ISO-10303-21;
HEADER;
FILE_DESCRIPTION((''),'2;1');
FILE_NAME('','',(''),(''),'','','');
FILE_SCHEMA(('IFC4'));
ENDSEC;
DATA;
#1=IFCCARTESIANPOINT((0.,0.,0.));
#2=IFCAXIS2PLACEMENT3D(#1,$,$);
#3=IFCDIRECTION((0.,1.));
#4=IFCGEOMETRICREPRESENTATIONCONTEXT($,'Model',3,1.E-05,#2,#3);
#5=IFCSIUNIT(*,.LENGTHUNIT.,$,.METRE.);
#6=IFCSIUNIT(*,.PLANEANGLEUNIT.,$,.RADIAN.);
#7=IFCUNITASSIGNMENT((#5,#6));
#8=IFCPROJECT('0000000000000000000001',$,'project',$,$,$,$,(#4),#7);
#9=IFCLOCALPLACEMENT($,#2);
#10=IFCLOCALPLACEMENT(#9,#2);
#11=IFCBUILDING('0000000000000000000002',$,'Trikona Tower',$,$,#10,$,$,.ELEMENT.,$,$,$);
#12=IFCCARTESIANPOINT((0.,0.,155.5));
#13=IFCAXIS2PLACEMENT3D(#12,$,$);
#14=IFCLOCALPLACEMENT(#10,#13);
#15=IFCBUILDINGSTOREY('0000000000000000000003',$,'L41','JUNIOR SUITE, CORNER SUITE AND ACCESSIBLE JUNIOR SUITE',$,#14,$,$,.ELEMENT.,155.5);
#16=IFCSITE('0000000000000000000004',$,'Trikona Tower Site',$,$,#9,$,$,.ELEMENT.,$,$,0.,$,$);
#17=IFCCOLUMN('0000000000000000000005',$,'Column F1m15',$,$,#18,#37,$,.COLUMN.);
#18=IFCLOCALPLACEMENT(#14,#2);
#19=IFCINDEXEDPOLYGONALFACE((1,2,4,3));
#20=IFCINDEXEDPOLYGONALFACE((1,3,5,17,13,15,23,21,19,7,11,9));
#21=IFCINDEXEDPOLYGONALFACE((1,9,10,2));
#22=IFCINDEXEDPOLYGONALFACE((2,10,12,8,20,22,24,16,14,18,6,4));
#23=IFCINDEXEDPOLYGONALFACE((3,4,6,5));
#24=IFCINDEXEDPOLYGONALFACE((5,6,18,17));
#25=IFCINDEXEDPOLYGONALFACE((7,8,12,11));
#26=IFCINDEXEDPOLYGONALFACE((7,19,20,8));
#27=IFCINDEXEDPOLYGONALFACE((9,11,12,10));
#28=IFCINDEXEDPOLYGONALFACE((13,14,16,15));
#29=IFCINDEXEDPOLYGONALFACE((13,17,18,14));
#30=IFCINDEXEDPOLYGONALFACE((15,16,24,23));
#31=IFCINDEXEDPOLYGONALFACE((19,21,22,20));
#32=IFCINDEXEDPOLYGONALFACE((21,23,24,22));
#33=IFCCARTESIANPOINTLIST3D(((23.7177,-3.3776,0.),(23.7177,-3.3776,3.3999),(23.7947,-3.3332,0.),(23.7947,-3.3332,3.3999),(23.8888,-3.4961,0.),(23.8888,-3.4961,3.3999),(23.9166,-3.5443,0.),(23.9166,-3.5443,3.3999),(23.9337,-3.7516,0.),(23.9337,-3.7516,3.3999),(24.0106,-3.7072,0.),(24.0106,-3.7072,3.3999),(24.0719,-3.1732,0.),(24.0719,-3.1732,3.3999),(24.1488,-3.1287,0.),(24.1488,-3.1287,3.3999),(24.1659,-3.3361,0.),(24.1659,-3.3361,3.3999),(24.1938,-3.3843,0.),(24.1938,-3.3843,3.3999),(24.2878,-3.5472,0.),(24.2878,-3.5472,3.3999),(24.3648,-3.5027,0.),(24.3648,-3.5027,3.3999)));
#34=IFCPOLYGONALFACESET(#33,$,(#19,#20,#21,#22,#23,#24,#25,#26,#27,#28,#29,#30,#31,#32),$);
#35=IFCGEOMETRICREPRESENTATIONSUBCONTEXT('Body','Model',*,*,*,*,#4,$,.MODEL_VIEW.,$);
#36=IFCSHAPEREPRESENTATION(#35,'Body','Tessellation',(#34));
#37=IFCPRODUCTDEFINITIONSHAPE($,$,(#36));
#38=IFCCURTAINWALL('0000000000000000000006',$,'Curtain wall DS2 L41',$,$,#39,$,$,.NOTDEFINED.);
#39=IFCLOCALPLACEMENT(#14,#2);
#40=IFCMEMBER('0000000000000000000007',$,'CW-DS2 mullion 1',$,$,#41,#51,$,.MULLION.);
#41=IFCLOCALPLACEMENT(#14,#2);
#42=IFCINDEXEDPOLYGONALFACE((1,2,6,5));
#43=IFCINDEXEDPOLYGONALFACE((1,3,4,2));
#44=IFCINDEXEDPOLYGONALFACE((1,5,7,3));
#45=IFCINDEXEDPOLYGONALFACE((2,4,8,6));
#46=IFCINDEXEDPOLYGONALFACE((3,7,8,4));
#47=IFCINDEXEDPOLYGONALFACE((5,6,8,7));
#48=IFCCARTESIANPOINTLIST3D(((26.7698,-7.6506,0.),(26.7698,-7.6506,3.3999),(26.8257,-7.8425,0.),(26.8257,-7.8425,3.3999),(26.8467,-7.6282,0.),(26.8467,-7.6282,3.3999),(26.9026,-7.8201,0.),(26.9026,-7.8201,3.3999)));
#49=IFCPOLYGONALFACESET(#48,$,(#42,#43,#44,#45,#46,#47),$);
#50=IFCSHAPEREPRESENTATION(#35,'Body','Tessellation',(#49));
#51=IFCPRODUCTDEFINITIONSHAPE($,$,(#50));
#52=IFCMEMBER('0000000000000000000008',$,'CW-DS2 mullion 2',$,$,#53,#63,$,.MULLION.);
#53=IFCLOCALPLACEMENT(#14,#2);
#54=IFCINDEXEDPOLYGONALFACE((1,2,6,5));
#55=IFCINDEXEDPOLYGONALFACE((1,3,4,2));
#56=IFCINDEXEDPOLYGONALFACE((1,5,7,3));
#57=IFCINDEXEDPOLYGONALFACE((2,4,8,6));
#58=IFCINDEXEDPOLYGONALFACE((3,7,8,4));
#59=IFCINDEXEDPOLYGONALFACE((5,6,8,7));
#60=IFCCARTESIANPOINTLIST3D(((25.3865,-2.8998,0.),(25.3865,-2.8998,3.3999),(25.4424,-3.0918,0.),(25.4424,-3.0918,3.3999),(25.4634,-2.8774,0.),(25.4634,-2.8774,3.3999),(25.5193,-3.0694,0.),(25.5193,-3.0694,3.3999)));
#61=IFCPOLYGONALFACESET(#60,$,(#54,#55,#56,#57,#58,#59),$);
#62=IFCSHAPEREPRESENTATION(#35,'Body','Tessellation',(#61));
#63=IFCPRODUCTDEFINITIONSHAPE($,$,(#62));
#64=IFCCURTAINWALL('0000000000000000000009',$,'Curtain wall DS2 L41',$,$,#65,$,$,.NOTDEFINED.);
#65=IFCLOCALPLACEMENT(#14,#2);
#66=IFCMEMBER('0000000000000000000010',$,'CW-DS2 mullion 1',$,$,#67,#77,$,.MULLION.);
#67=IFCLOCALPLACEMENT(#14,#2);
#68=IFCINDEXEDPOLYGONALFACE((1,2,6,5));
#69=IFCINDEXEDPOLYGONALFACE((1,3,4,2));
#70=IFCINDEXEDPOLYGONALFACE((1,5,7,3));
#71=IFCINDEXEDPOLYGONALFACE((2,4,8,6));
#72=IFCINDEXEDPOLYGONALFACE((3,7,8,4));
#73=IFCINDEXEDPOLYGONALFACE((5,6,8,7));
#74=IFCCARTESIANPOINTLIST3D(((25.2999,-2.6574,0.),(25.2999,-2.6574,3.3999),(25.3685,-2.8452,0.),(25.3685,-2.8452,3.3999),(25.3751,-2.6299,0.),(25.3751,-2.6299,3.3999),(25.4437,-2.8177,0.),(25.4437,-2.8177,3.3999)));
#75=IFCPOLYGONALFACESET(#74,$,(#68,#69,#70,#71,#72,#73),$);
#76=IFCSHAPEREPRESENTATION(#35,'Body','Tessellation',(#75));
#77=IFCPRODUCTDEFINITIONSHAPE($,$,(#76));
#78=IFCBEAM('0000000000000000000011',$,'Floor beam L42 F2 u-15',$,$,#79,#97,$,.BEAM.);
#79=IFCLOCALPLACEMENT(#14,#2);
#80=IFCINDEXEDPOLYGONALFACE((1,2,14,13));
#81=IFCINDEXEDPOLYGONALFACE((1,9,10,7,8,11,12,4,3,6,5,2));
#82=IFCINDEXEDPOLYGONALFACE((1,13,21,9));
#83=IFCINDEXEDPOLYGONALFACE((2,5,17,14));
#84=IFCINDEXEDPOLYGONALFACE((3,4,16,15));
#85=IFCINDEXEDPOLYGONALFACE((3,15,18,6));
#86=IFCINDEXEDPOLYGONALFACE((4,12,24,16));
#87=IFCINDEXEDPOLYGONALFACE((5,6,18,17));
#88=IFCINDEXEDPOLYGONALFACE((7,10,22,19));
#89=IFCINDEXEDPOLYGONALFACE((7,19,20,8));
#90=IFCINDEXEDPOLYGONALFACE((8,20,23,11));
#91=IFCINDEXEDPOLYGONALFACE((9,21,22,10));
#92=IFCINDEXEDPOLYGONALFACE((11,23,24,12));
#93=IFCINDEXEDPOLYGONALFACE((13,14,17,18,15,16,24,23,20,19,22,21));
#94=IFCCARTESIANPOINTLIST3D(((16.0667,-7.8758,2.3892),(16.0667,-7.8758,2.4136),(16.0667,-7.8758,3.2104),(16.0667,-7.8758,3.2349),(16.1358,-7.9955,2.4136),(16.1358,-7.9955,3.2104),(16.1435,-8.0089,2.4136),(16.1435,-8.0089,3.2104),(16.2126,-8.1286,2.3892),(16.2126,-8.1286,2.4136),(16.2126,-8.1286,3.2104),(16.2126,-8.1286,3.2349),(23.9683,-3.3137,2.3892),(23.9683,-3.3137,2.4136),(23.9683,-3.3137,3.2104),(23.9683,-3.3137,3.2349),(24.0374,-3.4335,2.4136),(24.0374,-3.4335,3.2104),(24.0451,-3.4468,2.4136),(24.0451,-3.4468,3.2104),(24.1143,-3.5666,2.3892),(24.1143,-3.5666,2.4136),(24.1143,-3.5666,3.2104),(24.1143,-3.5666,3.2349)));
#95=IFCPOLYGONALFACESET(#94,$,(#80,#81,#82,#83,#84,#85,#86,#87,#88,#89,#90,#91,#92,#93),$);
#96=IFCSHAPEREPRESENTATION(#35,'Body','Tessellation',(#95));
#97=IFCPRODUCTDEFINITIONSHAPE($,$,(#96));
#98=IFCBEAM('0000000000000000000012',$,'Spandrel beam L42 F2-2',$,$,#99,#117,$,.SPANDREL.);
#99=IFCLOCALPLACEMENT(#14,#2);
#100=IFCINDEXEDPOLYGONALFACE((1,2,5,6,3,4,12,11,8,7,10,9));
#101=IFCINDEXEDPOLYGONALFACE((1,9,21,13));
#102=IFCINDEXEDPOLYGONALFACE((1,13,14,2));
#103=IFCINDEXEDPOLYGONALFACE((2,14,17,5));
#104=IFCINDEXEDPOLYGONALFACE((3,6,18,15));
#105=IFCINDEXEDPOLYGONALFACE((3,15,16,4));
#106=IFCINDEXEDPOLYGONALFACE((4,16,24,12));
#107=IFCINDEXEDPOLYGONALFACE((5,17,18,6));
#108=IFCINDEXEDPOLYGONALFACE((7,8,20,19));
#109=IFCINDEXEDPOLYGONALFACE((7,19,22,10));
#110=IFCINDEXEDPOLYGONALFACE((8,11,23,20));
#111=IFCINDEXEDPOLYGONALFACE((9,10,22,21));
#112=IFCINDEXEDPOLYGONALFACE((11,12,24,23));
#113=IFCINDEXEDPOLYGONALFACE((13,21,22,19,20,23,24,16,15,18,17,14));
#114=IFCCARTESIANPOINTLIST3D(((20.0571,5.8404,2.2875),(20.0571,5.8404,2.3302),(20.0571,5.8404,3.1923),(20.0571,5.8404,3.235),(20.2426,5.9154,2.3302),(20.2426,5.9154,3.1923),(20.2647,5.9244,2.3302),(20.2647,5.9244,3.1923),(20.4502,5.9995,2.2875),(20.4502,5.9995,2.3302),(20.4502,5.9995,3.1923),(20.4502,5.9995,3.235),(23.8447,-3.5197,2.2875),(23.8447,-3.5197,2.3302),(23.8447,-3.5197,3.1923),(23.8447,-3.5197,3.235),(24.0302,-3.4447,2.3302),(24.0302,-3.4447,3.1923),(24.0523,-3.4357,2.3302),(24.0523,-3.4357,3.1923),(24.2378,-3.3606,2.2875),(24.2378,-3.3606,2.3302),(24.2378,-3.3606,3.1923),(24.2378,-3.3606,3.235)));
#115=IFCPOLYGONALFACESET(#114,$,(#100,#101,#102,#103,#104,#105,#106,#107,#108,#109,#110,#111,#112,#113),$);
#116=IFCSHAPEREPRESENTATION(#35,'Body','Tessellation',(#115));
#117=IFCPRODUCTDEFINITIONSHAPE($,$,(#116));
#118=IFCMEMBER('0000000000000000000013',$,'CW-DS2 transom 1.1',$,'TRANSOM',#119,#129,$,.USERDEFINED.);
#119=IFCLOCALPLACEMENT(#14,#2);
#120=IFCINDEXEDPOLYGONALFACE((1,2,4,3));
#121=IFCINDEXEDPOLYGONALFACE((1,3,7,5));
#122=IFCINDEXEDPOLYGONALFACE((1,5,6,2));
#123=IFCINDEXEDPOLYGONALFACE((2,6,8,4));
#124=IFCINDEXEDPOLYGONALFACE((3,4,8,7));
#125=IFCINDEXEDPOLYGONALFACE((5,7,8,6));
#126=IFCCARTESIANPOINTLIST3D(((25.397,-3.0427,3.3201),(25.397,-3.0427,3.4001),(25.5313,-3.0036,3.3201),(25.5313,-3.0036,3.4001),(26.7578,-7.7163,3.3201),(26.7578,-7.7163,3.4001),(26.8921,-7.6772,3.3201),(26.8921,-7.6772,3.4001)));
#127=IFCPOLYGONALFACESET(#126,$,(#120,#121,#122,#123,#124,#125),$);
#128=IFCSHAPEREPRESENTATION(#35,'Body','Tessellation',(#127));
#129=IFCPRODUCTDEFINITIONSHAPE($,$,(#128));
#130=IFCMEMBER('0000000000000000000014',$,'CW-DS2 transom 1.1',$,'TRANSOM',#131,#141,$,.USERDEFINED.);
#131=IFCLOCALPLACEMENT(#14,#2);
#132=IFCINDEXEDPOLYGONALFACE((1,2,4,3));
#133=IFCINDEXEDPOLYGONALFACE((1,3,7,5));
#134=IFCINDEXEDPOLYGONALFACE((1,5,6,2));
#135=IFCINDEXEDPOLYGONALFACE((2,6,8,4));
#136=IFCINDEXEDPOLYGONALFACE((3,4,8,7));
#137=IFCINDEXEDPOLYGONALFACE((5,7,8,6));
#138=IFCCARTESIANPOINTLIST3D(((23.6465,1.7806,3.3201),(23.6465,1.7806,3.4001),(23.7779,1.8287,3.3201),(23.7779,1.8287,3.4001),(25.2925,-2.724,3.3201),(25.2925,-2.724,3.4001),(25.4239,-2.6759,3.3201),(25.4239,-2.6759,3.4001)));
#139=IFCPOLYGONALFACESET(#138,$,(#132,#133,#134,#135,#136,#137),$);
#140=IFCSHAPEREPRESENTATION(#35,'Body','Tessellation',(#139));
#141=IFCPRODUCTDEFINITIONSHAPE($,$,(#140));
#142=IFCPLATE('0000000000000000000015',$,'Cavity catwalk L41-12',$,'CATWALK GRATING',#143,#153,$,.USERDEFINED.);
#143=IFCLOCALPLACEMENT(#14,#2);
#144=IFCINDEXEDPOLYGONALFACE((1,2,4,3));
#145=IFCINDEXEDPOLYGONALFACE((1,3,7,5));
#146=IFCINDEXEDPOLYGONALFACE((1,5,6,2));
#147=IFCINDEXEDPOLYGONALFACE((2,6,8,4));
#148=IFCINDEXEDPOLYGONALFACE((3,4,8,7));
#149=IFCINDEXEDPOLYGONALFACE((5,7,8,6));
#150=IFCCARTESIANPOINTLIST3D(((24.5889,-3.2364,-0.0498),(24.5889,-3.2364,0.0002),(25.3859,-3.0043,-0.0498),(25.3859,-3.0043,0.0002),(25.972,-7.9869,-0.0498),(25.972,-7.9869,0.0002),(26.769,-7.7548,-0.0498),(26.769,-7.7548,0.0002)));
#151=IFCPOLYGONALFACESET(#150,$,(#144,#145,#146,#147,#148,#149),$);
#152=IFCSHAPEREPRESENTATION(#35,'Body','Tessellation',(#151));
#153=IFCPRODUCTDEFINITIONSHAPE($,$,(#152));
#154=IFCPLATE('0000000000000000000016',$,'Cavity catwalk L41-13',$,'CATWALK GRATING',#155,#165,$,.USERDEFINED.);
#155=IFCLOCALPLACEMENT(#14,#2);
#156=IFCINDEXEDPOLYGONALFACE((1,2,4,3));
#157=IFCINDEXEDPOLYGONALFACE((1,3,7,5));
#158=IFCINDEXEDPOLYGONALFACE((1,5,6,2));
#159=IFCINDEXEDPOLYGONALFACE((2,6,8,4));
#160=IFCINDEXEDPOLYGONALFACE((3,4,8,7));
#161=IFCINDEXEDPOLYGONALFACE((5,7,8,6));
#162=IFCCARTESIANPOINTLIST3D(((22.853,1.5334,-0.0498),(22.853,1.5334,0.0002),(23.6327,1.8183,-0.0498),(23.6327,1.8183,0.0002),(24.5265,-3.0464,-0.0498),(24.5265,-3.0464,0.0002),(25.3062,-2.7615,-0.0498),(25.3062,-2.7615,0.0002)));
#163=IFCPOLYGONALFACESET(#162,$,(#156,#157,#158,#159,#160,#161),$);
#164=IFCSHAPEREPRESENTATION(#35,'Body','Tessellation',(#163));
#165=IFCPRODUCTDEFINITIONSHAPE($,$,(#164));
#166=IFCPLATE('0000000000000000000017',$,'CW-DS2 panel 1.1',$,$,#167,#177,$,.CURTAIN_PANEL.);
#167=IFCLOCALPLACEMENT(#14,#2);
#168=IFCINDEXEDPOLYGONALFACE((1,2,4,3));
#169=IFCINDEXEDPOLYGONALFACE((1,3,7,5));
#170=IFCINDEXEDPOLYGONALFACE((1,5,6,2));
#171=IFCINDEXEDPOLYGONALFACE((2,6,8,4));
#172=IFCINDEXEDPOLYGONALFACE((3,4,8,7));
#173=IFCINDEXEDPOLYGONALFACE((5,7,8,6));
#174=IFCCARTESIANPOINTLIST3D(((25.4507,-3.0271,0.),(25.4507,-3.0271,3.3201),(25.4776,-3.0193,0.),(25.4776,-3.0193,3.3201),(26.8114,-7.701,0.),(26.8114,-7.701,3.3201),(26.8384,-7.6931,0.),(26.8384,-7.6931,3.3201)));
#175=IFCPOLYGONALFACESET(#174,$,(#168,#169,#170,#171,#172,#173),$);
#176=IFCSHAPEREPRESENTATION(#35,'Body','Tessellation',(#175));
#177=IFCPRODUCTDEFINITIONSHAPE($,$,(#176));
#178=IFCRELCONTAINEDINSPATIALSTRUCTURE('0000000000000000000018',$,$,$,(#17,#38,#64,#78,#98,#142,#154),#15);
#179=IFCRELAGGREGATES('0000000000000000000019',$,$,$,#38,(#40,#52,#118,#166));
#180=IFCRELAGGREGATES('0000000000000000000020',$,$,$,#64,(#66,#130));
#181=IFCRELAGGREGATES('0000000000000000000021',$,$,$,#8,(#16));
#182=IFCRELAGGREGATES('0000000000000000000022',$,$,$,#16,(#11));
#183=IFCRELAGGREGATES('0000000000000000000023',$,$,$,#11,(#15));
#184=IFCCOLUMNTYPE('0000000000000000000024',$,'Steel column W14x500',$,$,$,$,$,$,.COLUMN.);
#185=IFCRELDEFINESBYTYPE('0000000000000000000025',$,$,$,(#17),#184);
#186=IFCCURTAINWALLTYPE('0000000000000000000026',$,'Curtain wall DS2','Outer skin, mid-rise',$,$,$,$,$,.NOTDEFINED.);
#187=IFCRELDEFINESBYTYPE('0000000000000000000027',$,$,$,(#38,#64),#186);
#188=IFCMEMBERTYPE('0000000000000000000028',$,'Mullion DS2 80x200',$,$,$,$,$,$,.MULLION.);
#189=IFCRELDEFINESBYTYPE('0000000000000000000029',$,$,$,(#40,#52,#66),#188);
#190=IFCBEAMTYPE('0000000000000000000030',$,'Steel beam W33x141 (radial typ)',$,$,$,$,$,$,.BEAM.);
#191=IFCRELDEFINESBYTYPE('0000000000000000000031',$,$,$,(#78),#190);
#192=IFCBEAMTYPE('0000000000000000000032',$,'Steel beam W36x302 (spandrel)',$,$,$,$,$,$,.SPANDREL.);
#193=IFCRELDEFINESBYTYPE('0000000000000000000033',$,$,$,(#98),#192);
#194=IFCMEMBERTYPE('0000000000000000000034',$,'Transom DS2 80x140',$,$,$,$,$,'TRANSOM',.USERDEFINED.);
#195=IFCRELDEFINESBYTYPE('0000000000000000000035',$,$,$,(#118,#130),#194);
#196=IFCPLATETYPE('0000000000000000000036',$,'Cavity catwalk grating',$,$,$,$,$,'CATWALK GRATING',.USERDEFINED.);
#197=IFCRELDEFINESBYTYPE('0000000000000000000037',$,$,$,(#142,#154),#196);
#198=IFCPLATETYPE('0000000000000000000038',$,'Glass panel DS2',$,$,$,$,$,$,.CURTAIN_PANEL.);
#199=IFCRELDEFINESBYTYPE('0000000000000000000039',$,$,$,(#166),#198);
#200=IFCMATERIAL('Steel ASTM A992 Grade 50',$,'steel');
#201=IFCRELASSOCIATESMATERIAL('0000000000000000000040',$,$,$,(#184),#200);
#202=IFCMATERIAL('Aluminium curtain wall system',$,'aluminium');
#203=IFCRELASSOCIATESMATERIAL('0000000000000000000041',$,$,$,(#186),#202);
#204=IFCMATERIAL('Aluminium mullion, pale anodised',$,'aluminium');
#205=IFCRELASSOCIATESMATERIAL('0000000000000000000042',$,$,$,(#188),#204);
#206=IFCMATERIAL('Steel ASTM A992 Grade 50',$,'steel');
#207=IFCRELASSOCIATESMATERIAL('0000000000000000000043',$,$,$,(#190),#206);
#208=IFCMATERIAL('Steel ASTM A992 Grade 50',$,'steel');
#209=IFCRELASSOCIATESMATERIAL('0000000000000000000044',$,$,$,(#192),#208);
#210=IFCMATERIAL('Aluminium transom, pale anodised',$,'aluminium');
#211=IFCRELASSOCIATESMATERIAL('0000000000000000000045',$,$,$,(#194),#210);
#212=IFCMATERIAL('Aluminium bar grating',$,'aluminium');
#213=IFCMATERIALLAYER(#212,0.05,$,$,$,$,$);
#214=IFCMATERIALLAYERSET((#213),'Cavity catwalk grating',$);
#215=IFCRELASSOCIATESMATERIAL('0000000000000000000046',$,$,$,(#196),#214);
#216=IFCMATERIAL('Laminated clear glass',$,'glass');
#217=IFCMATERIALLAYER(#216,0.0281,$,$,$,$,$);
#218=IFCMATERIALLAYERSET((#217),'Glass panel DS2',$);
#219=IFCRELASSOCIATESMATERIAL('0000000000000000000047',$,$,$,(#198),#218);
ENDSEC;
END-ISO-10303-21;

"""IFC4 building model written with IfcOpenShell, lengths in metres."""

from ifc_helpers import new_model, si_unit, direction, frame, origin, origin_2d, place, context, subcontext, project, spatial, rectangle, i_section, extrude, material, layer, layer_set, material_profile, profile_set, type_object, element, aggregate, save


model = new_model("IFC4")

# Units and contexts
model_context = context("Model", 3, precision=1e-05, world=origin(), true_north=direction((0.0, 1.0)))
body_context = subcontext(model_context, "Body", "Model", "MODEL_VIEW")
ifc_project = project(units=[si_unit("LENGTHUNIT", "METRE"), si_unit("PLANEANGLEUNIT", "RADIAN")], contexts=[model_context])

# Site, building, storey
site_placement = place(None, origin())
site = spatial("IfcSite", under=ifc_project, at=site_placement, Name="Trikona Tower Site", CompositionType="ELEMENT", RefElevation=0.0)
building_placement = place(site_placement, origin())
building = spatial("IfcBuilding", under=site, at=building_placement, Name="Trikona Tower", CompositionType="ELEMENT")
storey_placement = place(building_placement, frame((0.0, 0.0, 155.5)))
storey = spatial("IfcBuildingStorey", under=building, at=storey_placement, Name="L41", Description="JUNIOR SUITE, CORNER SUITE AND ACCESSIBLE JUNIOR SUITE", CompositionType="ELEMENT", Elevation=155.5)

# Column
ifc_material_1 = material(Name="Steel ASTM A992 Grade 50", Category="steel")
ifc_material_profile_1 = material_profile(ifc_material_1, i_section(OverallWidth=0.4319, OverallDepth=0.4978, WebThickness=0.0557, FlangeThickness=0.0889, at=origin_2d()), Name="W14X500")
ifc_profile_set_1 = profile_set([ifc_material_profile_1], Name="Steel ASTM A992 Grade 50")
column_type = type_object("IfcColumnType", Name="Steel column W14x500", PredefinedType="COLUMN", material=ifc_profile_set_1)
column_placement = place(storey_placement, frame((24.0413, -3.4402, 0.0), z_axis=(0.0, 0.0, 1.0), x_axis=(-0.5, 0.866025, 0.0)))
element("IfcColumn", 1, at=column_placement, inside=storey, type_object=column_type, Name="Column F1m15", PredefinedType="COLUMN", context=body_context, shape_type="SweptSolid", body=[
    extrude(i_section(OverallWidth=0.4319, OverallDepth=0.4978, WebThickness=0.0557, FlangeThickness=0.0889, at=origin_2d()), origin(), (0.0, 0.0, 1.0), 3.3999),
])

# Curtain wall, members
ifc_material_2 = material(Name="Aluminium curtain wall system", Category="aluminium")
curtain_wall_type = type_object("IfcCurtainWallType", Name="Curtain wall DS2", Description="Outer skin, mid-rise", PredefinedType="NOTDEFINED", material=ifc_material_2)
curtain_wall_1_placement = place(storey_placement, origin())
curtain_wall_1 = element("IfcCurtainWall", 2, at=curtain_wall_1_placement, inside=storey, type_object=curtain_wall_type, Name="Curtain wall DS2 L41", PredefinedType="NOTDEFINED")
ifc_material_3 = material(Name="Aluminium mullion, pale anodised", Category="aluminium")
ifc_material_profile_2 = material_profile(ifc_material_3, rectangle(XDim=0.0801, YDim=0.2, at=origin_2d()), Name="MUL-DS2")
ifc_profile_set_2 = profile_set([ifc_material_profile_2], Name="Aluminium mullion, pale anodised")
member_type_1 = type_object("IfcMemberType", Name="Mullion DS2 80x200", PredefinedType="MULLION", material=ifc_profile_set_2)
member_1_placement = place(storey_placement, frame((26.8362, -7.7354, 0.0), z_axis=(0.0, 0.0, 1.0), x_axis=(-0.960133, -0.279543, 0.0)))
member_1 = element("IfcMember", 3, at=member_1_placement, type_object=member_type_1, Name="CW-DS2 mullion 1", PredefinedType="MULLION", context=body_context, shape_type="SweptSolid", body=[
    extrude(rectangle(XDim=0.0801, YDim=0.2, at=origin_2d()), origin(), (0.0, 0.0, 1.0), 3.3999),
])
member_2_placement = place(storey_placement, frame((25.4529, -2.9846, 0.0), z_axis=(0.0, 0.0, 1.0), x_axis=(-0.960133, -0.279543, 0.0)))
member_2 = element("IfcMember", 4, at=member_2_placement, type_object=member_type_1, Name="CW-DS2 mullion 2", PredefinedType="MULLION", context=body_context, shape_type="SweptSolid", body=[
    extrude(rectangle(XDim=0.0801, YDim=0.2, at=origin_2d()), origin(), (0.0, 0.0, 1.0), 3.3999),
])

# Curtain wall, member
curtain_wall_2_placement = place(storey_placement, origin())
curtain_wall_2 = element("IfcCurtainWall", 5, at=curtain_wall_2_placement, inside=storey, type_object=curtain_wall_type, Name="Curtain wall DS2 L41", PredefinedType="NOTDEFINED")
member_3_placement = place(storey_placement, frame((25.3718, -2.7375, 0.0), z_axis=(0.0, 0.0, 1.0), x_axis=(-0.939254, -0.343223, 0.0)))
member_3 = element("IfcMember", 6, at=member_3_placement, type_object=member_type_1, Name="CW-DS2 mullion 1", PredefinedType="MULLION", context=body_context, shape_type="SweptSolid", body=[
    extrude(rectangle(XDim=0.0801, YDim=0.2, at=origin_2d()), origin(), (0.0, 0.0, 1.0), 3.3999),
])

# Beams
ifc_material_4 = material(Name="Steel ASTM A992 Grade 50", Category="steel")
ifc_material_profile_3 = material_profile(ifc_material_4, i_section(OverallWidth=0.292, OverallDepth=0.8457, WebThickness=0.0154, FlangeThickness=0.0244, at=origin_2d()), Name="W33X141")
ifc_profile_set_3 = profile_set([ifc_material_profile_3], Name="Steel ASTM A992 Grade 50")
beam_type_1 = type_object("IfcBeamType", Name="Steel beam W33x141 (radial typ)", PredefinedType="BEAM", material=ifc_profile_set_3)
beam_1_placement = place(storey_placement, frame((16.1396, -8.0022, 2.812), z_axis=(0.866025, 0.500001, 0.0), x_axis=(-0.500001, 0.866025, 0.0)))
element("IfcBeam", 7, at=beam_1_placement, inside=storey, type_object=beam_type_1, Name="Floor beam L42 F2 u-15", PredefinedType="BEAM", context=body_context, shape_type="SweptSolid", body=[
    extrude(i_section(OverallWidth=0.292, OverallDepth=0.8457, WebThickness=0.0154, FlangeThickness=0.0244, at=origin_2d()), origin(), (0.0, 0.0, 1.0), 9.124),
])
ifc_material_5 = material(Name="Steel ASTM A992 Grade 50", Category="steel")
ifc_material_profile_4 = material_profile(ifc_material_5, i_section(OverallWidth=0.4241, OverallDepth=0.9475, WebThickness=0.0239, FlangeThickness=0.0427, at=origin_2d()), Name="W36X302")
ifc_profile_set_4 = profile_set([ifc_material_profile_4], Name="Steel ASTM A992 Grade 50")
beam_type_2 = type_object("IfcBeamType", Name="Steel beam W36x302 (spandrel)", PredefinedType="SPANDREL", material=ifc_profile_set_4)
beam_2_placement = place(storey_placement, frame((24.0413, -3.4402, 2.7612), z_axis=(-0.375106, 0.926982, 0.0), x_axis=(-0.926982, -0.375106, 0.0)))
element("IfcBeam", 8, at=beam_2_placement, inside=storey, type_object=beam_type_2, Name="Spandrel beam L42 F2-2", PredefinedType="SPANDREL", context=body_context, shape_type="SweptSolid", body=[
    extrude(i_section(OverallWidth=0.4241, OverallDepth=0.9475, WebThickness=0.0239, FlangeThickness=0.0427, at=origin_2d()), origin(), (0.0, 0.0, 1.0), 10.0974),
])

# Members
ifc_material_6 = material(Name="Aluminium transom, pale anodised", Category="aluminium")
ifc_material_profile_5 = material_profile(ifc_material_6, rectangle(XDim=0.1399, YDim=0.0801, at=origin_2d()), Name="TRN-DS2")
ifc_profile_set_5 = profile_set([ifc_material_profile_5], Name="Aluminium transom, pale anodised")
member_type_2 = type_object("IfcMemberType", Name="Transom DS2 80x140", ElementType="TRANSOM", PredefinedType="USERDEFINED", material=ifc_profile_set_5)
member_4_placement = place(storey_placement, frame((26.825, -7.6968, 3.3601), z_axis=(-0.279567, 0.960126, 0.0), x_axis=(-0.960126, -0.279567, 0.0)))
member_4 = element("IfcMember", 9, at=member_4_placement, type_object=member_type_2, Name="CW-DS2 transom 1.1", ObjectType="TRANSOM", PredefinedType="USERDEFINED", context=body_context, shape_type="SweptSolid", body=[
    extrude(rectangle(XDim=0.1399, YDim=0.0801, at=origin_2d()), origin(), (0.0, 0.0, 1.0), 4.8677),
])
member_5_placement = place(storey_placement, frame((25.3582, -2.7, 3.3601), z_axis=(-0.343206, 0.93926, 0.0), x_axis=(-0.93926, -0.343206, 0.0)))
member_5 = element("IfcMember", 10, at=member_5_placement, type_object=member_type_2, Name="CW-DS2 transom 1.1", ObjectType="TRANSOM", PredefinedType="USERDEFINED", context=body_context, shape_type="SweptSolid", body=[
    extrude(rectangle(XDim=0.1399, YDim=0.0801, at=origin_2d()), origin(), (0.0, 0.0, 1.0), 4.7959),
])

# Plates
ifc_material_7 = material(Name="Aluminium bar grating", Category="aluminium")
ifc_layer_1 = layer(ifc_material_7, 0.05)
ifc_layer_set_1 = layer_set([ifc_layer_1], Name="Cavity catwalk grating")
plate_type_1 = type_object("IfcPlateType", Name="Cavity catwalk grating", ElementType="CATWALK GRATING", PredefinedType="USERDEFINED", material=ifc_layer_set_1)
plate_1_placement = place(storey_placement, frame((25.679, -5.4956, -0.0498), z_axis=(0.0, 0.0, 1.0), x_axis=(-0.279554, 0.96013, 0.0)))
element("IfcPlate", 11, at=plate_1_placement, inside=storey, type_object=plate_type_1, Name="Cavity catwalk L41-12", ObjectType="CATWALK GRATING", PredefinedType="USERDEFINED", context=body_context, shape_type="SweptSolid", body=[
    extrude(rectangle(XDim=4.9478, YDim=0.8301, at=origin_2d()), origin(), (0.0, 0.0, 1.0), 0.05),
])
plate_2_placement = place(storey_placement, frame((24.0796, -0.614, -0.0498), z_axis=(0.0, 0.0, 1.0), x_axis=(-0.34322, 0.939255, 0.0)))
element("IfcPlate", 12, at=plate_2_placement, inside=storey, type_object=plate_type_1, Name="Cavity catwalk L41-13", ObjectType="CATWALK GRATING", PredefinedType="USERDEFINED", context=body_context, shape_type="SweptSolid", body=[
    extrude(rectangle(XDim=4.876, YDim=0.8301, at=origin_2d()), origin(), (0.0, 0.0, 1.0), 0.05),
])

# Plate
ifc_material_8 = material(Name="Laminated clear glass", Category="glass")
ifc_layer_2 = layer(ifc_material_8, 0.0281)
ifc_layer_set_2 = layer_set([ifc_layer_2], Name="Glass panel DS2")
plate_type_2 = type_object("IfcPlateType", Name="Glass panel DS2", PredefinedType="CURTAIN_PANEL", material=ifc_layer_set_2)
plate_3_placement = place(storey_placement, frame((26.1445, -5.3601, 0.0), z_axis=(0.0, 0.0, 1.0), x_axis=(-0.279543, 0.960133, 0.0)))
plate_3 = element("IfcPlate", 13, at=plate_3_placement, type_object=plate_type_2, Name="CW-DS2 panel 1.1", PredefinedType="CURTAIN_PANEL", context=body_context, shape_type="SweptSolid", body=[
    extrude(rectangle(XDim=4.8679, YDim=0.0281, at=origin_2d()), origin(), (0.0, 0.0, 1.0), 3.3201),
])
aggregate(curtain_wall_1, [member_1, member_2, member_4, plate_3])
aggregate(curtain_wall_2, [member_3, member_5])

save(model, "model.ifc")
